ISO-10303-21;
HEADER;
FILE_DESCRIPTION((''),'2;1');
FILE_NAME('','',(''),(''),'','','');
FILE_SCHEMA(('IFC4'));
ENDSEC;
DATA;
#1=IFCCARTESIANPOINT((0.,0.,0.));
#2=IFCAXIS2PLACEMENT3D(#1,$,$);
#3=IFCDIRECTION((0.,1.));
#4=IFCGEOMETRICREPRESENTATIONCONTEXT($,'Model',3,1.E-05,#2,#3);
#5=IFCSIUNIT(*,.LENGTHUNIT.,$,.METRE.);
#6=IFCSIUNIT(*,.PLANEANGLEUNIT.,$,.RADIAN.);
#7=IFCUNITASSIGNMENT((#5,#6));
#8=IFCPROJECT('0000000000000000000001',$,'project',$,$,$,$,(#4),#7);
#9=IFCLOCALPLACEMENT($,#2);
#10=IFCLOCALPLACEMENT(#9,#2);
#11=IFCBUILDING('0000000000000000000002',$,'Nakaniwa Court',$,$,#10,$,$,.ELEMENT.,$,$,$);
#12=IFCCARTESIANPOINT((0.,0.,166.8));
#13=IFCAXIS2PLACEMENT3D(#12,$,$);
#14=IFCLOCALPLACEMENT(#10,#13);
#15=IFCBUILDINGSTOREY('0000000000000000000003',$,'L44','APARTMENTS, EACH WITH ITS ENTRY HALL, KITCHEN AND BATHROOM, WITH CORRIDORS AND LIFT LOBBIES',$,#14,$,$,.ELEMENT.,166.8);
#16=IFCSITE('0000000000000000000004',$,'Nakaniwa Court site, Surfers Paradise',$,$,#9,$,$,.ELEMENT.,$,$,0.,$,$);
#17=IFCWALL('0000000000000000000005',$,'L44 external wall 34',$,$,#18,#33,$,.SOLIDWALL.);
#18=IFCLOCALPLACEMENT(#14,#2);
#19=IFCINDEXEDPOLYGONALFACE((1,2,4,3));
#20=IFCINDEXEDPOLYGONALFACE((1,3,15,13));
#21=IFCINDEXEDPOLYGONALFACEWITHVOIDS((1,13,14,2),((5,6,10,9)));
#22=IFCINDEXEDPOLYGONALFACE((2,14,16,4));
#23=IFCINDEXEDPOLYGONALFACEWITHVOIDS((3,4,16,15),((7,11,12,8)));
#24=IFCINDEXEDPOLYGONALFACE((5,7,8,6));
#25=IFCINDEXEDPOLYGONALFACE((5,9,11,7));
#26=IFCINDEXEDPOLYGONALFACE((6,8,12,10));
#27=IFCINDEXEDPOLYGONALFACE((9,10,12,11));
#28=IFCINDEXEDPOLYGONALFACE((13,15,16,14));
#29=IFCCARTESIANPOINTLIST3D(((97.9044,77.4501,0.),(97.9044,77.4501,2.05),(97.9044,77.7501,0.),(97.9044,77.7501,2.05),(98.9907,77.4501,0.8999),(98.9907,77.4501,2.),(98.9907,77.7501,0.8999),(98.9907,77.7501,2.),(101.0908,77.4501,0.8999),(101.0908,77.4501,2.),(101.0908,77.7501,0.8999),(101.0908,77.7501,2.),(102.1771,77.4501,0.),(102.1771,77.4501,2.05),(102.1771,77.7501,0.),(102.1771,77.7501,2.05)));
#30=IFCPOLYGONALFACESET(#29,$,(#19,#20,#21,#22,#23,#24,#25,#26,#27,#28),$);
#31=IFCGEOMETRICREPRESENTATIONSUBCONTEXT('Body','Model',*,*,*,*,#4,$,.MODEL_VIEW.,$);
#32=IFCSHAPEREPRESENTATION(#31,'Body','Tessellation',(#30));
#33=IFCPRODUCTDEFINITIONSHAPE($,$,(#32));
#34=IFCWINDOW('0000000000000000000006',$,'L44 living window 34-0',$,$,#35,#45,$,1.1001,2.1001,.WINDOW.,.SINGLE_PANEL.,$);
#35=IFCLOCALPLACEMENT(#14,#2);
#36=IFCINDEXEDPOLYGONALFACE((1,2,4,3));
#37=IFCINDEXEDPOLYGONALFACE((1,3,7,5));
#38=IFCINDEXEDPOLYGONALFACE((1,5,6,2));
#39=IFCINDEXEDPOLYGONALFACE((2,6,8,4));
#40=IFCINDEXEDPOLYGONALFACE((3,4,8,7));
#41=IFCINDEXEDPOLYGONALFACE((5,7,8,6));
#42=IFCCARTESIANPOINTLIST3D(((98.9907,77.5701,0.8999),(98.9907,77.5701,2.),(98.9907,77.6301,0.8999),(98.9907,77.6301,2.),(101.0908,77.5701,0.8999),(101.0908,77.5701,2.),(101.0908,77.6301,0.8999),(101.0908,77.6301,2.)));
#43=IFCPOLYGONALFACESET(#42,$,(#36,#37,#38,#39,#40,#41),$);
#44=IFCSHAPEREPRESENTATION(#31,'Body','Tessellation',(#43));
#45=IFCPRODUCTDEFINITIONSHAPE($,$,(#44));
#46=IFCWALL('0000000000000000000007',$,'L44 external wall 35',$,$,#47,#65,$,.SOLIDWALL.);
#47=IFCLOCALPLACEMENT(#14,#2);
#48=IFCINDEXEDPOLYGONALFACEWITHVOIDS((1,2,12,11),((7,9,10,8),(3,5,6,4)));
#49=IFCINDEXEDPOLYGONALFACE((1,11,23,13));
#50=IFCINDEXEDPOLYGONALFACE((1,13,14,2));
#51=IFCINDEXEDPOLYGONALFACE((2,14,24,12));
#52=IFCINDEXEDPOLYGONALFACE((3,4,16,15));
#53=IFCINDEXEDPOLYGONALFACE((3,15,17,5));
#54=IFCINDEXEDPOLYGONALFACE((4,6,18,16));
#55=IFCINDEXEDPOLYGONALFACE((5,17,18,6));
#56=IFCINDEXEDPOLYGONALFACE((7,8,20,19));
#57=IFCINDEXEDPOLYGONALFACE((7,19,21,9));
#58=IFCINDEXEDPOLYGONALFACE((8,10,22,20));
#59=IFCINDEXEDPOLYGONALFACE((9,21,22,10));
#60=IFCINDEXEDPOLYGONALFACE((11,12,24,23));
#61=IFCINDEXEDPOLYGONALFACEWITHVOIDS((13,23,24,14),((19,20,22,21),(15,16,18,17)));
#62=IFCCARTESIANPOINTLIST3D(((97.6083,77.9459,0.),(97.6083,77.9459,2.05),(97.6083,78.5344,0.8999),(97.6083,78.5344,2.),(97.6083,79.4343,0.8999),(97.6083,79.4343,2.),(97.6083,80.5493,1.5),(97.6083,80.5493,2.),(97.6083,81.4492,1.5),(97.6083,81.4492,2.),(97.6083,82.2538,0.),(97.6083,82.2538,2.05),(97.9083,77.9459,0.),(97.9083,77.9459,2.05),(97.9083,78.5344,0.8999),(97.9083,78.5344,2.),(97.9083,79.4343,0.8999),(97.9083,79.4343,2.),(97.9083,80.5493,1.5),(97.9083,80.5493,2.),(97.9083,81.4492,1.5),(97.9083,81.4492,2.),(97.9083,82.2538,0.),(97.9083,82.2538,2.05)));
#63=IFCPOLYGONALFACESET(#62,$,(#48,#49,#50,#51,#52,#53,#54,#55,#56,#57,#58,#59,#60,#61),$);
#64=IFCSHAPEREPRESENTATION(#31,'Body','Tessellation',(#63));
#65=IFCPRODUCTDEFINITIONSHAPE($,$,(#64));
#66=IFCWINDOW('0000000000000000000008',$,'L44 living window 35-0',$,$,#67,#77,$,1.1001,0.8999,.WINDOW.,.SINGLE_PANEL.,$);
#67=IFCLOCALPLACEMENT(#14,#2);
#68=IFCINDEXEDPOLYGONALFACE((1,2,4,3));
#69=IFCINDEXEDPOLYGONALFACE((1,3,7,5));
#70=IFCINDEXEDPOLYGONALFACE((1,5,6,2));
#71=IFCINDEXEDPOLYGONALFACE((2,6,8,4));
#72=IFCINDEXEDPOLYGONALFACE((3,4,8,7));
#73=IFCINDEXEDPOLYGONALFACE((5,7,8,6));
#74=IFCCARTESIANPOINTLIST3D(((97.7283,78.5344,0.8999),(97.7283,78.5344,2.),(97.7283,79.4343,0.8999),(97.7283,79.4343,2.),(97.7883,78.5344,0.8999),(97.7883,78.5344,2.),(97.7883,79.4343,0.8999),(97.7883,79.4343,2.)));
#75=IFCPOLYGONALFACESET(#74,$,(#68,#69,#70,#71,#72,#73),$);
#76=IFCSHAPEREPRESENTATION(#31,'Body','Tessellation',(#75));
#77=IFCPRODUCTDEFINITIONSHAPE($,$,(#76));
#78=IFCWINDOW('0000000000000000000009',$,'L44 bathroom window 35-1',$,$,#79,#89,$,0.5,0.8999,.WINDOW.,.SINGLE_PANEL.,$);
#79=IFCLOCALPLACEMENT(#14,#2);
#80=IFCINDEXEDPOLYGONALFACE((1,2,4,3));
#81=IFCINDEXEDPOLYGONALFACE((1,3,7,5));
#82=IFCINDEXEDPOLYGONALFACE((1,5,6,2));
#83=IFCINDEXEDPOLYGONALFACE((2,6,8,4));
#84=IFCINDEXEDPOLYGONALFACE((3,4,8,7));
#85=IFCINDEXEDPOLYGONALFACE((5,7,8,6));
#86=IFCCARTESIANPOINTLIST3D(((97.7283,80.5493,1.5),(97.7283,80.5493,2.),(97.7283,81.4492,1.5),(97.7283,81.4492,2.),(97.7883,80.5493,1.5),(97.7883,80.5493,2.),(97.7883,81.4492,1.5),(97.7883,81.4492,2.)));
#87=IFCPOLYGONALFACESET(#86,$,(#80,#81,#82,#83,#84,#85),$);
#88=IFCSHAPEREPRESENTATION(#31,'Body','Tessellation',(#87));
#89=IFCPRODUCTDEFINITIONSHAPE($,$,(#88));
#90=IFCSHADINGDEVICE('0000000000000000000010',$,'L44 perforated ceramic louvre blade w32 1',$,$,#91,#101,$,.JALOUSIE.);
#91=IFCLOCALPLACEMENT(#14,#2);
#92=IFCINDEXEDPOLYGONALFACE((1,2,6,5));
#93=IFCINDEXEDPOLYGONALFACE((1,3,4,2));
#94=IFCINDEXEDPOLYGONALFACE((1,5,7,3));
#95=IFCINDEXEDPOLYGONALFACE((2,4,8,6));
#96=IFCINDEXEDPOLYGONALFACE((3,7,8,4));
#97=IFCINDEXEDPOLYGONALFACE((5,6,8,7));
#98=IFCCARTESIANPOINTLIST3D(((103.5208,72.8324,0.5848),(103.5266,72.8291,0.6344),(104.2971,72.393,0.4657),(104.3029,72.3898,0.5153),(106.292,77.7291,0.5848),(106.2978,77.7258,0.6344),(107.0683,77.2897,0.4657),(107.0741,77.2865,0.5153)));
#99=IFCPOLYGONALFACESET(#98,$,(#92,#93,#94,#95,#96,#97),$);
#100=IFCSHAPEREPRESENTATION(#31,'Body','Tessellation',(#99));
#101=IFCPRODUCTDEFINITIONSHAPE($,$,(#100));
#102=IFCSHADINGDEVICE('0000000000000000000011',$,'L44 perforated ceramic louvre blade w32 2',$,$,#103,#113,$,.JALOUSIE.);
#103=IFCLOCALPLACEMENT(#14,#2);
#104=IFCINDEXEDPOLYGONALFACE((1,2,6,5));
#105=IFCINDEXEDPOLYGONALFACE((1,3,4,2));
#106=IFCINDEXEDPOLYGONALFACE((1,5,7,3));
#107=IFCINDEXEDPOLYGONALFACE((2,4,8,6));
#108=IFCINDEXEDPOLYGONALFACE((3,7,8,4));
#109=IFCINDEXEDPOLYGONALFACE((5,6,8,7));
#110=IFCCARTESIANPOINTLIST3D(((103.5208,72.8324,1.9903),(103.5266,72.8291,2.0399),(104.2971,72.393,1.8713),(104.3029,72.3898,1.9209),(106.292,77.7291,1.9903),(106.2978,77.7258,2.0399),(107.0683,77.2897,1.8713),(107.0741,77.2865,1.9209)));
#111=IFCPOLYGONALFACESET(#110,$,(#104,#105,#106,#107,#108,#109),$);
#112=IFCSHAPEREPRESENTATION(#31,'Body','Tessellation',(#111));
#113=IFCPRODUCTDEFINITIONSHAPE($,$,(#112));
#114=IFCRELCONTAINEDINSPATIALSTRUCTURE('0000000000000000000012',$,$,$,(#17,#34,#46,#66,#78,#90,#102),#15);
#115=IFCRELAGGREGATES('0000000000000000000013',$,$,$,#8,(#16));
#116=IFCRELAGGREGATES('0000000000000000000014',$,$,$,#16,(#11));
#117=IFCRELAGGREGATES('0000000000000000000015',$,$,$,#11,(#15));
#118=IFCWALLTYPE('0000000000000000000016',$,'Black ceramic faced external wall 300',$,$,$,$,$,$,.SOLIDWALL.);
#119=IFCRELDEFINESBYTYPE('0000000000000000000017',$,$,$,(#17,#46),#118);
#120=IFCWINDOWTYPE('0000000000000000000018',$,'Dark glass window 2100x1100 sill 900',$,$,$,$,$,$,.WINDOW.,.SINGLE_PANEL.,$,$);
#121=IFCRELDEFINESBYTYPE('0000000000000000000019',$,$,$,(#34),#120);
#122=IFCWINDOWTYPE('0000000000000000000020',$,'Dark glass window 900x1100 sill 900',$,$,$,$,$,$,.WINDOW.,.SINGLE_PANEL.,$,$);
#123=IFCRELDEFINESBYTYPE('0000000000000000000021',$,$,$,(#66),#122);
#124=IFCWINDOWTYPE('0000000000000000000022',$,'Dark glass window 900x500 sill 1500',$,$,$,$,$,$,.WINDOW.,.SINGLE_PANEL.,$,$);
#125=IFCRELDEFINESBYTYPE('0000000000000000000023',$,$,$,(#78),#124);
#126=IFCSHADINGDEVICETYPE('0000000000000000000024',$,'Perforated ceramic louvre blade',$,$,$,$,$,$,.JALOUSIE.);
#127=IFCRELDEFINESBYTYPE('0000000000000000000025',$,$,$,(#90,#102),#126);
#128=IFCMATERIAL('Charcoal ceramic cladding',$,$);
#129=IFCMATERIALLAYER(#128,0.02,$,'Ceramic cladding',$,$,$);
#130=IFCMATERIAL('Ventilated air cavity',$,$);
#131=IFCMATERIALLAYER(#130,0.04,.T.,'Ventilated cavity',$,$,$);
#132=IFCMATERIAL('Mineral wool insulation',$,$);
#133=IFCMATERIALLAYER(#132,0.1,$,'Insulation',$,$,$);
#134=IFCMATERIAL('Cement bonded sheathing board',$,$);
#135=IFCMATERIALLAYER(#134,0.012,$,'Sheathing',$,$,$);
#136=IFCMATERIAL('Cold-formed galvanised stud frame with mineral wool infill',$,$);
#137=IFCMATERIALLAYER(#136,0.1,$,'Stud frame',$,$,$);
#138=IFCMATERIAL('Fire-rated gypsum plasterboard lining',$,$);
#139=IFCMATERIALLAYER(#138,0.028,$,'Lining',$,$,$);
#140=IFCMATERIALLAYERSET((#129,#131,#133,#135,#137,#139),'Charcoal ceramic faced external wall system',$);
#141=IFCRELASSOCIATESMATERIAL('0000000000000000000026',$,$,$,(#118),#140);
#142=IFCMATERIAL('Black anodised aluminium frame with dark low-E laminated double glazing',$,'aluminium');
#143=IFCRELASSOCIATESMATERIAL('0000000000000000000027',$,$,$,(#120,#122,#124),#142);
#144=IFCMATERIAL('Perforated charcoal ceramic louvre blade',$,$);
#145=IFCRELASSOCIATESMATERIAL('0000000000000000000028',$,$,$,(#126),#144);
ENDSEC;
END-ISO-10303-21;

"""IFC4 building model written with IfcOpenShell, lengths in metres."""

from ifc_helpers import new_model, si_unit, direction, frame, frame_2d, origin, origin_2d, place, context, subcontext, project, spatial, rectangle, extrude, material, layer, layer_set, material_profile, profile_set, type_object, element, fill, save


model = new_model("IFC4")

# Units and contexts
model_context = context("Model", 3, precision=1e-05, world=origin(), true_north=direction((0.0, 1.0)))
body_context = subcontext(model_context, "Body", "Model", "MODEL_VIEW")
ifc_project = project(units=[si_unit("LENGTHUNIT", "METRE"), si_unit("PLANEANGLEUNIT", "RADIAN")], contexts=[model_context])

# Site, building, storey
site_placement = place(None, origin())
site = spatial("IfcSite", under=ifc_project, at=site_placement, Name="Nakaniwa Court site, Surfers Paradise", CompositionType="ELEMENT", RefElevation=0.0)
building_placement = place(site_placement, origin())
building = spatial("IfcBuilding", under=site, at=building_placement, Name="Nakaniwa Court", CompositionType="ELEMENT")
storey_placement = place(building_placement, frame((0.0, 0.0, 166.8)))
storey = spatial("IfcBuildingStorey", under=building, at=storey_placement, Name="L44", Description="APARTMENTS, EACH WITH ITS ENTRY HALL, KITCHEN AND BATHROOM, WITH CORRIDORS AND LIFT LOBBIES", CompositionType="ELEMENT", Elevation=166.8)

# Shared definitions
ifc_material_1 = material(Name="Charcoal ceramic cladding")
ifc_layer_1 = layer(ifc_material_1, 0.02, Name="Ceramic cladding")
ifc_material_2 = material(Name="Ventilated air cavity")
ifc_layer_2 = layer(ifc_material_2, 0.04, ventilated=True, Name="Ventilated cavity")
ifc_material_3 = material(Name="Mineral wool insulation")
ifc_layer_3 = layer(ifc_material_3, 0.1, Name="Insulation")
ifc_material_4 = material(Name="Cement bonded sheathing board")
ifc_layer_4 = layer(ifc_material_4, 0.012, Name="Sheathing")
ifc_material_5 = material(Name="Cold-formed galvanised stud frame with mineral wool infill")
ifc_layer_5 = layer(ifc_material_5, 0.1, Name="Stud frame")
ifc_material_6 = material(Name="Fire-rated gypsum plasterboard lining")
ifc_layer_6 = layer(ifc_material_6, 0.028, Name="Lining")
ifc_layer_set = layer_set([ifc_layer_1, ifc_layer_2, ifc_layer_3, ifc_layer_4, ifc_layer_5, ifc_layer_6], Name="Charcoal ceramic faced external wall system")
wall_type = type_object("IfcWallType", Name="Black ceramic faced external wall 300", PredefinedType="SOLIDWALL", material=ifc_layer_set)
ifc_material_7 = material(Name="Black anodised aluminium frame with dark low-E laminated double glazing", Category="aluminium")

# Wall, opening, window
wall_1_placement = place(storey_placement, frame((102.177, 77.6001, 0.0), z_axis=(0.0, 0.0, 1.0), x_axis=(-1.0, 0.0, 0.0)))
wall_1 = element("IfcWall", 1, at=wall_1_placement, inside=storey, type_object=wall_type, Name="L44 external wall 34", PredefinedType="SOLIDWALL", context=body_context, shape_type="SweptSolid", body=[
    extrude(rectangle(XDim=4.2727, YDim=0.3, at=frame_2d((2.1362, 0.0))), origin(), (0.0, 0.0, 1.0), 2.05),
])
opening_1_placement = place(wall_1_placement, frame((1.0862, 0.0, 0.8999)))
opening_1 = element("IfcOpeningElement", 2, at=opening_1_placement, cuts=wall_1, PredefinedType="OPENING", context=body_context, shape_type="SweptSolid", body=[
    extrude(rectangle(XDim=2.1001, YDim=1.1001, at=frame_2d((1.05, 0.55))), frame((0.0, 0.1599, 0.0), z_axis=(0.0, -1.0, 0.0), x_axis=(1.0, 0.0, 0.0)), (0.0, 0.0, 1.0), 0.3201),
])
window_type_1 = type_object("IfcWindowType", Name="Dark glass window 2100x1100 sill 900", PartitioningType="SINGLE_PANEL", PredefinedType="WINDOW", material=ifc_material_7)
window_1_placement = place(opening_1_placement, origin())
window_1 = element("IfcWindow", 3, at=window_1_placement, inside=storey, type_object=window_type_1, Name="L44 living window 34-0", OverallHeight=1.1001, OverallWidth=2.1001, PartitioningType="SINGLE_PANEL", PredefinedType="WINDOW", context=body_context, shape_type="SweptSolid", body=[
    extrude(rectangle(XDim=2.1001, YDim=1.1001, at=frame_2d((1.05, 0.55))), frame((0.0, 0.03, 0.0), z_axis=(0.0, -1.0, 0.0), x_axis=(1.0, 0.0, 0.0)), (0.0, 0.0, 1.0), 0.0601),
])
fill(opening_1, window_1)

# Wall, openings, windows
wall_2_placement = place(storey_placement, frame((97.7583, 77.946, 0.0), z_axis=(0.0, 0.0, 1.0), x_axis=(0.0, 1.0, 0.0)))
wall_2 = element("IfcWall", 4, at=wall_2_placement, inside=storey, type_object=wall_type, Name="L44 external wall 35", PredefinedType="SOLIDWALL", context=body_context, shape_type="SweptSolid", body=[
    extrude(rectangle(XDim=4.3079, YDim=0.3, at=frame_2d((2.1538, 0.0))), origin(), (0.0, 0.0, 1.0), 2.05),
])
opening_2_placement = place(wall_2_placement, frame((0.5884, 0.0, 0.8999)))
opening_2 = element("IfcOpeningElement", 5, at=opening_2_placement, cuts=wall_2, PredefinedType="OPENING", context=body_context, shape_type="SweptSolid", body=[
    extrude(rectangle(XDim=0.8999, YDim=1.1001, at=frame_2d((0.45, 0.55))), frame((0.0, 0.1599, 0.0), z_axis=(0.0, -1.0, 0.0), x_axis=(1.0, 0.0, 0.0)), (0.0, 0.0, 1.0), 0.3201),
])
opening_3_placement = place(wall_2_placement, frame((2.6033, 0.0, 1.5)))
opening_3 = element("IfcOpeningElement", 6, at=opening_3_placement, cuts=wall_2, PredefinedType="OPENING", context=body_context, shape_type="SweptSolid", body=[
    extrude(rectangle(XDim=0.8999, YDim=0.5, at=frame_2d((0.45, 0.25))), frame((0.0, 0.1599, 0.0), z_axis=(0.0, -1.0, 0.0), x_axis=(1.0, 0.0, 0.0)), (0.0, 0.0, 1.0), 0.3201),
])
window_type_2 = type_object("IfcWindowType", Name="Dark glass window 900x1100 sill 900", PartitioningType="SINGLE_PANEL", PredefinedType="WINDOW", material=ifc_material_7)
window_2_placement = place(opening_2_placement, origin())
window_2 = element("IfcWindow", 7, at=window_2_placement, inside=storey, type_object=window_type_2, Name="L44 living window 35-0", OverallHeight=1.1001, OverallWidth=0.8999, PartitioningType="SINGLE_PANEL", PredefinedType="WINDOW", context=body_context, shape_type="SweptSolid", body=[
    extrude(rectangle(XDim=0.8999, YDim=1.1001, at=frame_2d((0.45, 0.55))), frame((0.0, 0.03, 0.0), z_axis=(0.0, -1.0, 0.0), x_axis=(1.0, 0.0, 0.0)), (0.0, 0.0, 1.0), 0.0601),
])
fill(opening_2, window_2)
window_type_3 = type_object("IfcWindowType", Name="Dark glass window 900x500 sill 1500", PartitioningType="SINGLE_PANEL", PredefinedType="WINDOW", material=ifc_material_7)
window_3_placement = place(opening_3_placement, origin())
window_3 = element("IfcWindow", 8, at=window_3_placement, inside=storey, type_object=window_type_3, Name="L44 bathroom window 35-1", OverallHeight=0.5, OverallWidth=0.8999, PartitioningType="SINGLE_PANEL", PredefinedType="WINDOW", context=body_context, shape_type="SweptSolid", body=[
    extrude(rectangle(XDim=0.8999, YDim=0.5, at=frame_2d((0.45, 0.25))), frame((0.0, 0.03, 0.0), z_axis=(0.0, -1.0, 0.0), x_axis=(1.0, 0.0, 0.0)), (0.0, 0.0, 1.0), 0.0601),
])
fill(opening_3, window_3)

# Shading devices
ifc_material_8 = material(Name="Perforated charcoal ceramic louvre blade")
ifc_material_profile_1 = material_profile(ifc_material_8, rectangle(XDim=0.8999, YDim=0.05, at=origin_2d()), Name="Perforated ceramic louvre blade")
ifc_profile_set_1 = profile_set([ifc_material_profile_1], Name="Perforated charcoal ceramic louvre blade")
shading_device_type = type_object("IfcShadingDeviceType", Name="Perforated ceramic louvre blade", PredefinedType="JALOUSIE", material=ifc_profile_set_1)
for number, where, z_axis, x_axis, name in (
    (9, (103.9119, 72.6111, 0.55), (0.492532, 0.870294, 0.0), (-0.862649, 0.488205, 0.132256), "L44 perforated ceramic louvre blade w32 1"),
    (10, (103.9119, 72.6111, 1.9556), (0.492532, 0.870294, 0.0), (-0.862649, 0.488205, 0.132256), "L44 perforated ceramic louvre blade w32 2"),
):
    element("IfcShadingDevice", number, at=place(storey_placement, frame(where, z_axis=z_axis, x_axis=x_axis)), inside=storey, type_object=shading_device_type, Name=name, PredefinedType="JALOUSIE", context=body_context, shape_type="SweptSolid", body=[
        extrude(rectangle(XDim=0.8999, YDim=0.05, at=origin_2d()), origin(), (0.0, 0.0, 1.0), 5.6265),
    ])

save(model, "model.ifc")
